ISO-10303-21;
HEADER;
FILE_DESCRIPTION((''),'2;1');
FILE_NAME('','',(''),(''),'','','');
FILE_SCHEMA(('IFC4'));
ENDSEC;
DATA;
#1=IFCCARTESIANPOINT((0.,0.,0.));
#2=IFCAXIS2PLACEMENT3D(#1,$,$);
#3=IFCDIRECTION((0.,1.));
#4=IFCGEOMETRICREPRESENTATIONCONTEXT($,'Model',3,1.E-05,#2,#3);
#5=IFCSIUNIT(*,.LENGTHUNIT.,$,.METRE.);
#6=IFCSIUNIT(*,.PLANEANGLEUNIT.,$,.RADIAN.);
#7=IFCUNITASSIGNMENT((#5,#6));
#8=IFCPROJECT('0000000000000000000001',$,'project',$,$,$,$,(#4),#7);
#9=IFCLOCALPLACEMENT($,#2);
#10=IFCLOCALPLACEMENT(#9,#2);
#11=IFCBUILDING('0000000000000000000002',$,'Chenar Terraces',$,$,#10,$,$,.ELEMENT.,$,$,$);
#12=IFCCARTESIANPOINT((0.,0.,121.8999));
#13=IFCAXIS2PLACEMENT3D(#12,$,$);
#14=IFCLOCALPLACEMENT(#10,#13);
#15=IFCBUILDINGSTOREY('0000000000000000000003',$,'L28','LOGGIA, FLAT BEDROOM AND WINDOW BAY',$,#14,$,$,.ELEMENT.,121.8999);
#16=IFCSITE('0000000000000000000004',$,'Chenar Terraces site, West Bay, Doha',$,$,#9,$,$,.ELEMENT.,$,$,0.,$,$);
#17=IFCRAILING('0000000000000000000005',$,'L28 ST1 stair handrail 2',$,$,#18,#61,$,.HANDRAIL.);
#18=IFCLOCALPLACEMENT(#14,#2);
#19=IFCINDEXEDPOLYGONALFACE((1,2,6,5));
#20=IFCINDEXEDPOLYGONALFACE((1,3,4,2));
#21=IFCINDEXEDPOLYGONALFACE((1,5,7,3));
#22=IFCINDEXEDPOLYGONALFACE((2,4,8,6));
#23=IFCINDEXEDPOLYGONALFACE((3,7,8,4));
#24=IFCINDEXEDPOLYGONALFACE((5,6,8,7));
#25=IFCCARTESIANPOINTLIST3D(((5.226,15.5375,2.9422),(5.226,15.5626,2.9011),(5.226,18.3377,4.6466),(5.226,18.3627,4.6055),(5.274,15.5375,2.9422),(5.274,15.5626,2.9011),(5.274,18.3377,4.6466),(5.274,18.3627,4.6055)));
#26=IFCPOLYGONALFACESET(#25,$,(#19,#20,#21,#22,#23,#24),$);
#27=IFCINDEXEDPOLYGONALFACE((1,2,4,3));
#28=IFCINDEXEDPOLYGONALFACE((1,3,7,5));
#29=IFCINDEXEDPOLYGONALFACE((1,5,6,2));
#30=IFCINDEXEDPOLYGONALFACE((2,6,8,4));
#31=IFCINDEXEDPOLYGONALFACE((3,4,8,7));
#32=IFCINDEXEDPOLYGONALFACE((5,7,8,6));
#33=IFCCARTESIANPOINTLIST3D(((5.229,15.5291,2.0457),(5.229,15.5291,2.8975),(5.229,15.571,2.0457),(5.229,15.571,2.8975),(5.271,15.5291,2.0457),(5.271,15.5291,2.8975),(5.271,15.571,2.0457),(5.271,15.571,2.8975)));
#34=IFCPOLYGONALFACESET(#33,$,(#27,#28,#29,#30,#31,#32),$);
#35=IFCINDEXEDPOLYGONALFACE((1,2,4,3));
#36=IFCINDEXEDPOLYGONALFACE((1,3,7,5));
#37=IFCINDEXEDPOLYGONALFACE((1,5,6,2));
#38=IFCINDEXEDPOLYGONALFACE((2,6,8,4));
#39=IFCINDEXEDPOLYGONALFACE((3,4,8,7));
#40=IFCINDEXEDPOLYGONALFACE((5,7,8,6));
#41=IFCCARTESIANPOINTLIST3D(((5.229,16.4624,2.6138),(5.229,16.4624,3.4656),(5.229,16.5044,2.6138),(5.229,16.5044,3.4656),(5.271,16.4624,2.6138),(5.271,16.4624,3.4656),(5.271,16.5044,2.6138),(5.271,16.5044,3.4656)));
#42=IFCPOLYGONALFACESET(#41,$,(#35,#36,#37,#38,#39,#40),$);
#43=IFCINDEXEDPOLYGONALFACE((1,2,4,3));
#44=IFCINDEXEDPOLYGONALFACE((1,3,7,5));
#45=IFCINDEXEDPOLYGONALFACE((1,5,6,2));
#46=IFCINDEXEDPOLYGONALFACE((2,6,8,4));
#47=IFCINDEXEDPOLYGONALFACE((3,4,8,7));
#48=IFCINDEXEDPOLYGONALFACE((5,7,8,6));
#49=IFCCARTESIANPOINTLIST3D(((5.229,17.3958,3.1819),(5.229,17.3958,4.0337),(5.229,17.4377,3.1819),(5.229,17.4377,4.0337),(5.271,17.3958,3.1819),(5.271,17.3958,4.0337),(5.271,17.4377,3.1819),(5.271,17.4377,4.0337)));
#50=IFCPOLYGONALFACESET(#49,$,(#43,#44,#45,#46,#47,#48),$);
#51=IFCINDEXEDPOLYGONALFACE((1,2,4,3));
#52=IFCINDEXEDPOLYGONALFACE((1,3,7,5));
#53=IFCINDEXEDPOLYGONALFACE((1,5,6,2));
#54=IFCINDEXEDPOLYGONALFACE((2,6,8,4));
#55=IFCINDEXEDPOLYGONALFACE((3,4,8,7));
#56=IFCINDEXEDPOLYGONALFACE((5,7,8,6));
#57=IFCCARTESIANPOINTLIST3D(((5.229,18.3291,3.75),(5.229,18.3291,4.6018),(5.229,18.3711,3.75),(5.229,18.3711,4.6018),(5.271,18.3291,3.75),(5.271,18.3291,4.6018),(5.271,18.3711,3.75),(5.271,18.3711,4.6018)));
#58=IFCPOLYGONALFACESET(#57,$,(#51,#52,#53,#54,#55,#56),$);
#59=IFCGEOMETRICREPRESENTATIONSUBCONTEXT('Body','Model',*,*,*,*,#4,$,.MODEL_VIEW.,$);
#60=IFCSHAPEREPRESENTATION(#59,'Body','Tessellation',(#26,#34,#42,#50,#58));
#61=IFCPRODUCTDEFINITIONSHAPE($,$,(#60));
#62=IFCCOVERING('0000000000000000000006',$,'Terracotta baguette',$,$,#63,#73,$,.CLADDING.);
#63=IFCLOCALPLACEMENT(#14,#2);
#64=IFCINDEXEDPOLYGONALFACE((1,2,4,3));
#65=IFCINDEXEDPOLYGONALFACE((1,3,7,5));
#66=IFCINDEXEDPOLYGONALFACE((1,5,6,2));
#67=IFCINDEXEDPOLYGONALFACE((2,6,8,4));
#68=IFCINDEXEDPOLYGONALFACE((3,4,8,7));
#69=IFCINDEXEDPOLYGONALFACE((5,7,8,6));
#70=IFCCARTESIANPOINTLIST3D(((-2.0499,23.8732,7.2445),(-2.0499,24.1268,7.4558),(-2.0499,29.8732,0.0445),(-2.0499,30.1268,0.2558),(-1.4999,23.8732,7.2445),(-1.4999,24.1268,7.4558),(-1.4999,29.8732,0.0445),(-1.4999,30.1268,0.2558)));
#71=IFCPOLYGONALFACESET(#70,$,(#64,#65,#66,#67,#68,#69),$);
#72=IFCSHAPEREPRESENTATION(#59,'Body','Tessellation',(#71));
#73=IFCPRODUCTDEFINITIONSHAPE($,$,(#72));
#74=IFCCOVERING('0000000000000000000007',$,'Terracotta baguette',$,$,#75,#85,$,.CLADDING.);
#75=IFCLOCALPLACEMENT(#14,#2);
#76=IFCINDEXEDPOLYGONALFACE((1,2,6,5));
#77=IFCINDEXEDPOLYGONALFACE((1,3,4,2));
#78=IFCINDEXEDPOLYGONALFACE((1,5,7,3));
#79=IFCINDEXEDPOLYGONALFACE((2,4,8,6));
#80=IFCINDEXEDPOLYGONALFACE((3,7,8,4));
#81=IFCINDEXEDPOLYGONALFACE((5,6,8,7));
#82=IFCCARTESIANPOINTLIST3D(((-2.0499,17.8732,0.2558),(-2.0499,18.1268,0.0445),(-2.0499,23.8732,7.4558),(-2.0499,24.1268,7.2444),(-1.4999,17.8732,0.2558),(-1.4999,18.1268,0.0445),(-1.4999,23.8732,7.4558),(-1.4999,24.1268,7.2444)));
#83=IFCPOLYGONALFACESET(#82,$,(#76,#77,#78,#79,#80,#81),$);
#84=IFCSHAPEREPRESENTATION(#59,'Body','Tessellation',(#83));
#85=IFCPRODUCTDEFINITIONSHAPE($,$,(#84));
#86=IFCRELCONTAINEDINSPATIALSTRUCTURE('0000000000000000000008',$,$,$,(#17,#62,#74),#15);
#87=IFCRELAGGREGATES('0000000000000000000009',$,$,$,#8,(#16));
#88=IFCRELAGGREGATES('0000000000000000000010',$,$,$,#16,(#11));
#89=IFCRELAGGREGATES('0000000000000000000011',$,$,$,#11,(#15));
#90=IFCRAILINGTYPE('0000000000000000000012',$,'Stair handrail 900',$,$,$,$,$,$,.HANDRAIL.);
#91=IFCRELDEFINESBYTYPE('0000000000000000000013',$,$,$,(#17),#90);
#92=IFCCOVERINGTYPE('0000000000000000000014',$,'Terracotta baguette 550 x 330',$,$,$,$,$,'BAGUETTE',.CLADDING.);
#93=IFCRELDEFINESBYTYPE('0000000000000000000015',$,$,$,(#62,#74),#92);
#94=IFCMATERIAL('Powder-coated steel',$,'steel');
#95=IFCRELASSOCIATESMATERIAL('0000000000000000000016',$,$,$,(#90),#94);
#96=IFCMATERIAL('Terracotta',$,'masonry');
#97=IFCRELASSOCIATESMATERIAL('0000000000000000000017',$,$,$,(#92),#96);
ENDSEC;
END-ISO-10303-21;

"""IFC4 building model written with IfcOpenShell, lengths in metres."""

from ifc_helpers import new_model, si_unit, direction, frame, origin, origin_2d, place, context, subcontext, project, spatial, rectangle, extrude, material, material_profile, profile_set, type_object, element, save


model = new_model("IFC4")

# Units and contexts
model_context = context("Model", 3, precision=1e-05, world=origin(), true_north=direction((0.0, 1.0)))
body_context = subcontext(model_context, "Body", "Model", "MODEL_VIEW")
ifc_project = project(units=[si_unit("LENGTHUNIT", "METRE"), si_unit("PLANEANGLEUNIT", "RADIAN")], contexts=[model_context])

# Site, building, storey
site_placement = place(None, origin())
site = spatial("IfcSite", under=ifc_project, at=site_placement, Name="Chenar Terraces site, West Bay, Doha", CompositionType="ELEMENT", RefElevation=0.0)
building_placement = place(site_placement, origin())
building = spatial("IfcBuilding", under=site, at=building_placement, Name="Chenar Terraces", CompositionType="ELEMENT")
storey_placement = place(building_placement, frame((0.0, 0.0, 121.8999)))
storey = spatial("IfcBuildingStorey", under=building, at=storey_placement, Name="L28", Description="LOGGIA, FLAT BEDROOM AND WINDOW BAY", CompositionType="ELEMENT", Elevation=121.8999)

# Railing
ifc_material_1 = material(Name="Powder-coated steel", Category="steel")
railing_type_1 = type_object("IfcRailingType", Name="Stair handrail 900", PredefinedType="HANDRAIL", material=ifc_material_1)
railing_1_placement = place(storey_placement, frame((5.25, 15.55, 2.0457)))
element("IfcRailing", 1, at=railing_1_placement, inside=storey, type_object=railing_type_1, Name="L28 ST1 stair handrail 2", PredefinedType="HANDRAIL", context=body_context, shape_type="SweptSolid", body=[
    extrude(rectangle(XDim=0.0481, YDim=0.0481, at=origin_2d()), frame((0.0, 0.0, 0.876), z_axis=(0.0, 0.854203, 0.51994), x_axis=(-1.0, 0.0, 0.0)), (0.0, 0.0, 1.0), 3.2781),
    extrude(rectangle(XDim=0.042, YDim=0.042, at=origin_2d()), origin(), (0.0, 0.0, 1.0), 0.8518),
    extrude(rectangle(XDim=0.042, YDim=0.042, at=origin_2d()), frame((0.0, 0.9333, 0.5681)), (0.0, 0.0, 1.0), 0.8518),
    extrude(rectangle(XDim=0.042, YDim=0.042, at=origin_2d()), frame((0.0, 1.8667, 1.1362)), (0.0, 0.0, 1.0), 0.8518),
    extrude(rectangle(XDim=0.042, YDim=0.042, at=origin_2d()), frame((0.0, 2.8, 1.7043)), (0.0, 0.0, 1.0), 0.8518),
])

# Coverings
ifc_material_2 = material(Name="Terracotta", Category="masonry")
ifc_material_profile_1 = material_profile(ifc_material_2, rectangle(XDim=0.55, YDim=0.3301, at=origin_2d()), Name="Terracotta baguette 550 x 330")
ifc_profile_set_1 = profile_set([ifc_material_profile_1], Name="Terracotta")
covering_type = type_object("IfcCoveringType", Name="Terracotta baguette 550 x 330", ElementType="BAGUETTE", PredefinedType="CLADDING", material=ifc_profile_set_1)
for number, where, z_axis, x_axis, name in (
    (2, (-1.7749, 30.0, 0.1501), (0.0, -0.640187, 0.768219), (1.0, 0.0, 0.0), "Terracotta baguette"),
    (3, (-1.7749, 24.0, 7.3501), (0.0, -0.640187, -0.768219), (1.0, 0.0, 0.0), "Terracotta baguette"),
):
    element("IfcCovering", number, at=place(storey_placement, frame(where, z_axis=z_axis, x_axis=x_axis)), inside=storey, type_object=covering_type, Name=name, PredefinedType="CLADDING", context=body_context, shape_type="SweptSolid", body=[
        extrude(rectangle(XDim=0.55, YDim=0.3301, at=origin_2d()), origin(), (0.0, 0.0, 1.0), 9.3723),
    ])

save(model, "model.ifc")
